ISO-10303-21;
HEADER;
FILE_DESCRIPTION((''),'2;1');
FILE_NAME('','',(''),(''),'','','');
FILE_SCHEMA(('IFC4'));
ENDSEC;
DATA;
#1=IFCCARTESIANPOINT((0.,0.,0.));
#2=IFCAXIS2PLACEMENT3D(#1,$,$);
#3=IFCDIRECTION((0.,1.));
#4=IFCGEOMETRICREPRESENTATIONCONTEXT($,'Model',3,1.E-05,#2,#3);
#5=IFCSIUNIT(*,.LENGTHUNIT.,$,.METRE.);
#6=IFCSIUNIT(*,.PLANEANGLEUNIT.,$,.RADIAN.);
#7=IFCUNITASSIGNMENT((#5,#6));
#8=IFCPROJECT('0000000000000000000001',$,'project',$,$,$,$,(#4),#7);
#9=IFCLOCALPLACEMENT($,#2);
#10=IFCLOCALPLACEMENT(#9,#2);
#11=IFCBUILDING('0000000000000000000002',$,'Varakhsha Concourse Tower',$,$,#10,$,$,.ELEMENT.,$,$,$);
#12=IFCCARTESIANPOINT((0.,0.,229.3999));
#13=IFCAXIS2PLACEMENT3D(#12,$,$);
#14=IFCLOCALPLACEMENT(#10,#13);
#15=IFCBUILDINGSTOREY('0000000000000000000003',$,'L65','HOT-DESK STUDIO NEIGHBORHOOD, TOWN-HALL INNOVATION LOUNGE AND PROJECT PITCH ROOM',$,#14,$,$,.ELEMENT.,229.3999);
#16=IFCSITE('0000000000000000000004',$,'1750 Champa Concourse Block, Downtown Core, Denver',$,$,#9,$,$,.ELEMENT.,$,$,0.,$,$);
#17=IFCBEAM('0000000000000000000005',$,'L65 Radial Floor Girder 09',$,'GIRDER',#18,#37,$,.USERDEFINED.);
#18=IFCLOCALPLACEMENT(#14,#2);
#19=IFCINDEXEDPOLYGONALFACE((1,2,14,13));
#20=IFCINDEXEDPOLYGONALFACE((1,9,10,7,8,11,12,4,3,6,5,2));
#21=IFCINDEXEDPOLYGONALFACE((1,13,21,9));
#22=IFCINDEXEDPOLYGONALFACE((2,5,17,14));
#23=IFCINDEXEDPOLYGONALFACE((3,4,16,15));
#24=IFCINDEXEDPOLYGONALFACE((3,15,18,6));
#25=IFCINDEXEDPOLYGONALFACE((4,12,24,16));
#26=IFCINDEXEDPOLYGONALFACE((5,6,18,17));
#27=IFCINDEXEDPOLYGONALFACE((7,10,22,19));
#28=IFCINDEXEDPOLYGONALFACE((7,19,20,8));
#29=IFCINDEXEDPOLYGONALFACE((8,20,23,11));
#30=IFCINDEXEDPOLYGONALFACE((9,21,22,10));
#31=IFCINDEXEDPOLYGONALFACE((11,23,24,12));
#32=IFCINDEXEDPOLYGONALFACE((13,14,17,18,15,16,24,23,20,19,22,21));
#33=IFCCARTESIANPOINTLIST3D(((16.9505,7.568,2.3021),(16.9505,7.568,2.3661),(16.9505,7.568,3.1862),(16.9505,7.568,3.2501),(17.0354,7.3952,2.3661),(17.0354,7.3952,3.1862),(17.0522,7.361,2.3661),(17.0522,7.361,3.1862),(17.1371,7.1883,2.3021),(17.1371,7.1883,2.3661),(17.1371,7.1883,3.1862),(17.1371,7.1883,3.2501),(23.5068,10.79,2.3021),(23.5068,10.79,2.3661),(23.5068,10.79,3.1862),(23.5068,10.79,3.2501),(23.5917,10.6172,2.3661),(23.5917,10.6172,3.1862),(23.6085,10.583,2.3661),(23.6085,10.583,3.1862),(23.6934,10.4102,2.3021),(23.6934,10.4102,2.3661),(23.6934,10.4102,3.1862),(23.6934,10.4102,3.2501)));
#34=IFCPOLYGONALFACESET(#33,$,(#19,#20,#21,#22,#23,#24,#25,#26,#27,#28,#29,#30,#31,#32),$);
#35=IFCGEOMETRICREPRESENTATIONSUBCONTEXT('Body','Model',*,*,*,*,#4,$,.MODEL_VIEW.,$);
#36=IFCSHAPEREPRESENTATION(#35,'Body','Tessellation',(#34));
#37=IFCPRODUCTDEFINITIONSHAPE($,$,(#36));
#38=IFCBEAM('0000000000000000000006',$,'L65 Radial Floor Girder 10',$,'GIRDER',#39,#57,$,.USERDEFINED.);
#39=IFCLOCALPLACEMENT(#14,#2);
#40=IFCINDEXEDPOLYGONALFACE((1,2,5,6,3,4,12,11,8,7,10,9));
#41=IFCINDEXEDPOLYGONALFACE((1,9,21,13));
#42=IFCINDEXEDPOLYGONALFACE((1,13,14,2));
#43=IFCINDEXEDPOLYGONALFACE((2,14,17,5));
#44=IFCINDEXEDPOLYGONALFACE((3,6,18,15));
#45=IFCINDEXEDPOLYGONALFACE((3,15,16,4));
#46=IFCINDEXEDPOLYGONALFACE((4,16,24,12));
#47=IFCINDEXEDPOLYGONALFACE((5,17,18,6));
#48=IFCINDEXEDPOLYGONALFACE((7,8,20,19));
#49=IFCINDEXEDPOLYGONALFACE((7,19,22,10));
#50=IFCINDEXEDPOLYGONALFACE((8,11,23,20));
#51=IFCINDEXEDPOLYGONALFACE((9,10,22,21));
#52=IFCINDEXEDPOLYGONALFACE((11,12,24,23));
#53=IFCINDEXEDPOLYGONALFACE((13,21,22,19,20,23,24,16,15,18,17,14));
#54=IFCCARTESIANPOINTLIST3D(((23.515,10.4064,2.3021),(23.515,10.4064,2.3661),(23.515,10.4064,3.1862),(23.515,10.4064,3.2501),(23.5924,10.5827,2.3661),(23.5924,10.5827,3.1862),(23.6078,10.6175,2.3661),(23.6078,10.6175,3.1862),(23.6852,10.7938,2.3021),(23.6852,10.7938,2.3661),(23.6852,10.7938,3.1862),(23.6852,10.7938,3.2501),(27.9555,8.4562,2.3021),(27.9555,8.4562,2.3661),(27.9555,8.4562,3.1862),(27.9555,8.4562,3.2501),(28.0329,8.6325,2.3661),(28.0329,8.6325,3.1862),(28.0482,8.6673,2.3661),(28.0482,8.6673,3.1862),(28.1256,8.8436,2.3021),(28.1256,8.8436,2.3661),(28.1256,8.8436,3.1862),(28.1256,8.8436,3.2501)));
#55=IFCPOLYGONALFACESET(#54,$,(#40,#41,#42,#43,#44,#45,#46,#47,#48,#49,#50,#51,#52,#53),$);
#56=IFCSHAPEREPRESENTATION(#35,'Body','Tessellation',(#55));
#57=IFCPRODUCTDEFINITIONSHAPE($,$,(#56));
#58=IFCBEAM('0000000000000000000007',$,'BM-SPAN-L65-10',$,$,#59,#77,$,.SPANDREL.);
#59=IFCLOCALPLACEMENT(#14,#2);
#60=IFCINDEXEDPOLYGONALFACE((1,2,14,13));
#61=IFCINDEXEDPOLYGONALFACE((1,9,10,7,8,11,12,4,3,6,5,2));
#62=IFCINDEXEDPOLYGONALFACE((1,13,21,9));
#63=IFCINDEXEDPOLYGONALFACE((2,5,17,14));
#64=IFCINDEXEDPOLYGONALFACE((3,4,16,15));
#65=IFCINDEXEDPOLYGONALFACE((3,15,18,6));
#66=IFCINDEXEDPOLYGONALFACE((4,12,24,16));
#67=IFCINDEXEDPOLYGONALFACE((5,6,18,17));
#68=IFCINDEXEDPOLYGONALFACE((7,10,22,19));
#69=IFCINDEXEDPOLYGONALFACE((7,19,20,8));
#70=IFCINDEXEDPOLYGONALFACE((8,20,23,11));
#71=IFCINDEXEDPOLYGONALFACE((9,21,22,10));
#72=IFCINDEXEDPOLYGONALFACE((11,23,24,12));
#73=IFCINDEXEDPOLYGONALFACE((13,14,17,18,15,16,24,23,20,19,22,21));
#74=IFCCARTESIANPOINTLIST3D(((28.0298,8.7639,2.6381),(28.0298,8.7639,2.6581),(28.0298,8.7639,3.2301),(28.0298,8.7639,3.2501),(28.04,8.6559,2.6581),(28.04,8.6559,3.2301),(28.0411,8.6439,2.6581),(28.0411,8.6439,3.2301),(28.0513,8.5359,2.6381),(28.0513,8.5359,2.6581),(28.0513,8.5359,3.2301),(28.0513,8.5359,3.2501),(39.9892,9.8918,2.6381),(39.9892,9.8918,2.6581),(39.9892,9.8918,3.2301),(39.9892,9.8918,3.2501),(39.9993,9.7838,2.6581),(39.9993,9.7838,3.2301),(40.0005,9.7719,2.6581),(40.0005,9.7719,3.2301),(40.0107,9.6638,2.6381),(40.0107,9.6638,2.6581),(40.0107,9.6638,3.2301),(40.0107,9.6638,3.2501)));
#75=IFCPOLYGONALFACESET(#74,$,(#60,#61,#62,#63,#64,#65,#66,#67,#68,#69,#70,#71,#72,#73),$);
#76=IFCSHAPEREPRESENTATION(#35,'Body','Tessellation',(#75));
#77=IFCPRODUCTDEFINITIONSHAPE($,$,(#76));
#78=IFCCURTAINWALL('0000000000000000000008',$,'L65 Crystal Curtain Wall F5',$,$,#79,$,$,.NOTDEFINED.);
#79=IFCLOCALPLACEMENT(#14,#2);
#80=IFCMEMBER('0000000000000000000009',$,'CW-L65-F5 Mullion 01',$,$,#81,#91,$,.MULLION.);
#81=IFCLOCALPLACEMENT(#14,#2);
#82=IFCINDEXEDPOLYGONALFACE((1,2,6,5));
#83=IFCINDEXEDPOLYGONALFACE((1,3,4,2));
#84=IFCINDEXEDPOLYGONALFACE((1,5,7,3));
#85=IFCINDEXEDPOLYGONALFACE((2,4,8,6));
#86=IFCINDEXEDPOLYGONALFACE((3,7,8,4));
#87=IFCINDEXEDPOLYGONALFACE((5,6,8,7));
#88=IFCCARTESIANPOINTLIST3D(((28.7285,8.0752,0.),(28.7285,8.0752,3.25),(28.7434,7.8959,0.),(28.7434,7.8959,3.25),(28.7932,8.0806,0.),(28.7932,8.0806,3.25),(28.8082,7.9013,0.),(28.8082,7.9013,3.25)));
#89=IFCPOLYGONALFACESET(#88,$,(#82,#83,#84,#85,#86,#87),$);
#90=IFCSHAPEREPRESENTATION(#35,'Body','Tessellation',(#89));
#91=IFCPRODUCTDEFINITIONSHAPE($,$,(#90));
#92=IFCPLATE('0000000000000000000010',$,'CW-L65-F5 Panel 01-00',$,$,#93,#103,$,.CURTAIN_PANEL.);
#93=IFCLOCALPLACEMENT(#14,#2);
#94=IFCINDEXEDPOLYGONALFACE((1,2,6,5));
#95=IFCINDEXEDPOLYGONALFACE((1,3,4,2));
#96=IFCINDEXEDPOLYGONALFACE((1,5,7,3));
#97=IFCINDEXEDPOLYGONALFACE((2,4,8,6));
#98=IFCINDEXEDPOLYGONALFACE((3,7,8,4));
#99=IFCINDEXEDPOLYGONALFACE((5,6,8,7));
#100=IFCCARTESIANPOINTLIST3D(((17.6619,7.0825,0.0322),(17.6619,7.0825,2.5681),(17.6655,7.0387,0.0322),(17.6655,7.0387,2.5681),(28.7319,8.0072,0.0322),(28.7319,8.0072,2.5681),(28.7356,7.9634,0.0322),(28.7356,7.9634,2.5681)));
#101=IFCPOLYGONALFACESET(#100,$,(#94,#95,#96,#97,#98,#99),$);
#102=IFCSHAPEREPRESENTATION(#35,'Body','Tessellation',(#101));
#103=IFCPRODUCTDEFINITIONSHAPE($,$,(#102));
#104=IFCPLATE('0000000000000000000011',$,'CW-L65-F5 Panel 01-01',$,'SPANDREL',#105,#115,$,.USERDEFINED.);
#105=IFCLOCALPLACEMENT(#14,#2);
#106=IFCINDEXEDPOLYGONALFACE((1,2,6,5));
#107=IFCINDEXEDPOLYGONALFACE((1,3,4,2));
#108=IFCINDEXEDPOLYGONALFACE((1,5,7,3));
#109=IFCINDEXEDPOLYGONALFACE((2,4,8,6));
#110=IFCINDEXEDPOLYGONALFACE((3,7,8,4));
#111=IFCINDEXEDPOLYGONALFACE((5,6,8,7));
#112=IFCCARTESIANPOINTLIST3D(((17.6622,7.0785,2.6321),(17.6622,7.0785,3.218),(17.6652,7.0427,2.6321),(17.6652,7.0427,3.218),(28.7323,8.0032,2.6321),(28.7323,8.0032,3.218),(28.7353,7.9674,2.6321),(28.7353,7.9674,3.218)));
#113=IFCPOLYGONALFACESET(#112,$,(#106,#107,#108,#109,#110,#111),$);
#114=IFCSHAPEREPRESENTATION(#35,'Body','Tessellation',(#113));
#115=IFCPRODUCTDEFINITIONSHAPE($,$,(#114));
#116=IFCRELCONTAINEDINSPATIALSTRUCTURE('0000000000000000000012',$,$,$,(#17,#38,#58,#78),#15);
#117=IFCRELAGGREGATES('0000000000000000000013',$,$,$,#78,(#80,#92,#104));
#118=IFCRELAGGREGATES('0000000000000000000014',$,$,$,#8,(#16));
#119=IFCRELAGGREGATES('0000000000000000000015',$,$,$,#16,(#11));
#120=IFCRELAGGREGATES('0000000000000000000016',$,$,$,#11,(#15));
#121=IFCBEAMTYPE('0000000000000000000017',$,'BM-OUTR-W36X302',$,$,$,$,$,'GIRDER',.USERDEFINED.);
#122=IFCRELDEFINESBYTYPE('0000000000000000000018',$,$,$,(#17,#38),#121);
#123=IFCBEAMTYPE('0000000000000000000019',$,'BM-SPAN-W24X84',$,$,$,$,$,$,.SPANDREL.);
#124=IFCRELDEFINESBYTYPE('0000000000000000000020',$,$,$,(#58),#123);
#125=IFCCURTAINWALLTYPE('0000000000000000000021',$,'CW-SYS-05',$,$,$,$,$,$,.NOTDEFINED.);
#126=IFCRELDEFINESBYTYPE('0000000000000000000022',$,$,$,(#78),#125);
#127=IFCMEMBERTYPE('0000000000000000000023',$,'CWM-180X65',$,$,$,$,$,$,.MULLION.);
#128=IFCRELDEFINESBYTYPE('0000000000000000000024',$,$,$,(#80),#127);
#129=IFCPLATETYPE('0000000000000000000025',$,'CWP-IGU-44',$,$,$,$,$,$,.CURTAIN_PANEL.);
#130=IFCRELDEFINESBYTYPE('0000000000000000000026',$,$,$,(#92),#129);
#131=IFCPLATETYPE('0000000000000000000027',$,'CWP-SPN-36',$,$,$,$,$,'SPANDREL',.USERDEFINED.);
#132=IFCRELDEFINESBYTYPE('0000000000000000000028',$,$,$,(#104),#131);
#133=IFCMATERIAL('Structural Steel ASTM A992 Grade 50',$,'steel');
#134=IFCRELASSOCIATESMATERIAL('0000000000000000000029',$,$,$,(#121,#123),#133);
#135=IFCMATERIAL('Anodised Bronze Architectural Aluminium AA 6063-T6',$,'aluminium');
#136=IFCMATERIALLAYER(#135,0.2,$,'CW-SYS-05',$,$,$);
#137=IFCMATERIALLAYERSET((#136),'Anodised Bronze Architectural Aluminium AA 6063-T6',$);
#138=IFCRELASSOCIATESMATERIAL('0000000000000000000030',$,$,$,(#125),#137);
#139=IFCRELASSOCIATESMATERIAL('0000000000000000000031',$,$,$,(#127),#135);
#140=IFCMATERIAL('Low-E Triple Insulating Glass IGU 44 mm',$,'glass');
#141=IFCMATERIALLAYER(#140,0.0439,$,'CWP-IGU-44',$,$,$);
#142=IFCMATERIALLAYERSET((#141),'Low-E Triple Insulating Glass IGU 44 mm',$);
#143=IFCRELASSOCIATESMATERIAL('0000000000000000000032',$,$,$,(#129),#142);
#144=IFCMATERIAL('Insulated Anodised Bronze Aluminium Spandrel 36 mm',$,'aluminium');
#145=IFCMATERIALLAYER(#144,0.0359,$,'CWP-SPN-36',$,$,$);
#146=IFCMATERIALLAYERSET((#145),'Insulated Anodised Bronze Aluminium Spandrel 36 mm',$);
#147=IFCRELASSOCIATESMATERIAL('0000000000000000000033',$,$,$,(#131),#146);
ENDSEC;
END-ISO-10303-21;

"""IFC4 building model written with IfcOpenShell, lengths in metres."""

from ifc_helpers import new_model, si_unit, direction, frame, origin, origin_2d, place, context, subcontext, project, spatial, rectangle, i_section, extrude, source, transform, mapped, material, layer, layer_set, material_profile, profile_set, type_object, type_shapes, element, aggregate, save


model = new_model("IFC4")

# Units and contexts
model_context = context("Model", 3, precision=1e-05, world=origin(), true_north=direction((0.0, 1.0)))
body_context = subcontext(model_context, "Body", "Model", "MODEL_VIEW")
ifc_project = project(units=[si_unit("LENGTHUNIT", "METRE"), si_unit("PLANEANGLEUNIT", "RADIAN")], contexts=[model_context])

# Site, building, storey
site_placement = place(None, origin())
site = spatial("IfcSite", under=ifc_project, at=site_placement, Name="1750 Champa Concourse Block, Downtown Core, Denver", CompositionType="ELEMENT", RefElevation=0.0)
building_placement = place(site_placement, origin())
building = spatial("IfcBuilding", under=site, at=building_placement, Name="Varakhsha Concourse Tower", CompositionType="ELEMENT")
storey_placement = place(building_placement, frame((0.0, 0.0, 229.3999)))
storey = spatial("IfcBuildingStorey", under=building, at=storey_placement, Name="L65", Description="HOT-DESK STUDIO NEIGHBORHOOD, TOWN-HALL INNOVATION LOUNGE AND PROJECT PITCH ROOM", CompositionType="ELEMENT", Elevation=229.3999)

# Shared definitions
ifc_material_1 = material(Name="Structural Steel ASTM A992 Grade 50", Category="steel")

# Beams
ifc_material_profile_1 = material_profile(ifc_material_1, i_section(OverallWidth=0.4231, OverallDepth=0.948, WebThickness=0.0381, FlangeThickness=0.064, at=origin_2d()), Name="W36X302")
ifc_profile_set_1 = profile_set([ifc_material_profile_1], Name="Structural Steel ASTM A992 Grade 50")
beam_type_1 = type_object("IfcBeamType", Name="BM-OUTR-W36X302", ElementType="GIRDER", PredefinedType="USERDEFINED", material=ifc_profile_set_1)
beam_1_placement = place(storey_placement, frame((23.6001, 10.6001, 2.7761), z_axis=(-0.897481, -0.441054, 0.0), x_axis=(0.441054, -0.897481, 0.0)))
element("IfcBeam", 1, at=beam_1_placement, inside=storey, type_object=beam_type_1, Name="L65 Radial Floor Girder 09", ObjectType="GIRDER", PredefinedType="USERDEFINED", context=body_context, shape_type="SweptSolid", body=[
    extrude(i_section(OverallWidth=0.4231, OverallDepth=0.948, WebThickness=0.0381, FlangeThickness=0.064, at=origin_2d()), origin(), (0.0, 0.0, 1.0), 7.3052),
])
beam_2_placement = place(storey_placement, frame((23.6001, 10.6001, 2.7761), z_axis=(0.915588, -0.402118, 0.0), x_axis=(0.402118, 0.915588, 0.0)))
element("IfcBeam", 2, at=beam_2_placement, inside=storey, type_object=beam_type_1, Name="L65 Radial Floor Girder 10", ObjectType="GIRDER", PredefinedType="USERDEFINED", context=body_context, shape_type="SweptSolid", body=[
    extrude(i_section(OverallWidth=0.4231, OverallDepth=0.948, WebThickness=0.0381, FlangeThickness=0.064, at=origin_2d()), origin(), (0.0, 0.0, 1.0), 4.8499),
])
ifc_material_profile_2 = material_profile(ifc_material_1, i_section(OverallWidth=0.229, OverallDepth=0.6121, WebThickness=0.012, FlangeThickness=0.02, at=origin_2d()), Name="W24X84")
ifc_profile_set_2 = profile_set([ifc_material_profile_2], Name="Structural Steel ASTM A992 Grade 50")
beam_type_2 = type_object("IfcBeamType", Name="BM-SPAN-W24X84", PredefinedType="SPANDREL", material=ifc_profile_set_2)
beam_3_placement = place(storey_placement, frame((28.0405, 8.6499, 2.9441), z_axis=(0.995582, 0.093896, 0.0), x_axis=(-0.093896, 0.995582, 0.0)))
element("IfcBeam", 3, at=beam_3_placement, inside=storey, type_object=beam_type_2, Name="BM-SPAN-L65-10", PredefinedType="SPANDREL", context=body_context, shape_type="SweptSolid", body=[
    extrude(i_section(OverallWidth=0.229, OverallDepth=0.6121, WebThickness=0.012, FlangeThickness=0.02, at=origin_2d()), origin(), (0.0, 0.0, 1.0), 12.0125),
])

# Curtain wall, member, plates
ifc_material_2 = material(Name="Anodised Bronze Architectural Aluminium AA 6063-T6", Category="aluminium")
ifc_layer_1 = layer(ifc_material_2, 0.2, Name="CW-SYS-05")
ifc_layer_set_1 = layer_set([ifc_layer_1], Name="Anodised Bronze Architectural Aluminium AA 6063-T6")
curtain_wall_type = type_object("IfcCurtainWallType", Name="CW-SYS-05", PredefinedType="NOTDEFINED", material=ifc_layer_set_1)
curtain_wall_placement = place(storey_placement, origin())
curtain_wall = element("IfcCurtainWall", 4, at=curtain_wall_placement, inside=storey, type_object=curtain_wall_type, Name="L65 Crystal Curtain Wall F5", PredefinedType="NOTDEFINED")
ifc_material_profile_3 = material_profile(ifc_material_2, rectangle(XDim=0.0649, YDim=0.1799, at=origin_2d()), Name="CWM-180X65")
ifc_profile_set_3 = profile_set([ifc_material_profile_3], Name="Anodised Bronze Architectural Aluminium AA 6063-T6")
member_type = type_object("IfcMemberType", Name="CWM-180X65", PredefinedType="MULLION", material=ifc_profile_set_3)
shared_shape_1 = source(origin(), body_context, "Body", "SweptSolid", [
    extrude(rectangle(XDim=0.0649, YDim=0.1799, at=origin_2d()), origin(), (0.0, 0.0, 1.0), 3.25),
])
type_shapes(member_type, [shared_shape_1])
member_placement = place(storey_placement, frame((28.7683, 7.9883, 0.0), z_axis=(0.0, 0.0, 1.0), x_axis=(-0.996529, -0.083247, 0.0)))
member = element("IfcMember", 5, at=member_placement, type_object=member_type, Name="CW-L65-F5 Mullion 01", PredefinedType="MULLION", context=body_context, shape_type="MappedRepresentation", body=[
    mapped(shared_shape_1, transform((0.0, 0.0, 0.0), scale=1.0)),
])
ifc_material_3 = material(Name="Low-E Triple Insulating Glass IGU 44 mm", Category="glass")
ifc_layer_2 = layer(ifc_material_3, 0.0439, Name="CWP-IGU-44")
ifc_layer_set_2 = layer_set([ifc_layer_2], Name="Low-E Triple Insulating Glass IGU 44 mm")
plate_type_1 = type_object("IfcPlateType", Name="CWP-IGU-44", PredefinedType="CURTAIN_PANEL", material=ifc_layer_set_2)
shared_shape_2 = source(origin(), body_context, "Body", "SweptSolid", [
    extrude(rectangle(XDim=11.1086, YDim=0.0439, at=origin_2d()), origin(), (0.0, 0.0, 1.0), 2.5359),
])
type_shapes(plate_type_1, [shared_shape_2])
plate_1_placement = place(storey_placement, frame((23.1987, 7.5229, 0.0322), z_axis=(0.0, 0.0, 1.0), x_axis=(-0.996529, -0.083247, 0.0)))
plate_1 = element("IfcPlate", 6, at=plate_1_placement, type_object=plate_type_1, Name="CW-L65-F5 Panel 01-00", PredefinedType="CURTAIN_PANEL", context=body_context, shape_type="MappedRepresentation", body=[
    mapped(shared_shape_2, transform((0.0, 0.0, 0.0), scale=1.0)),
])
ifc_material_4 = material(Name="Insulated Anodised Bronze Aluminium Spandrel 36 mm", Category="aluminium")
ifc_layer_3 = layer(ifc_material_4, 0.0359, Name="CWP-SPN-36")
ifc_layer_set_3 = layer_set([ifc_layer_3], Name="Insulated Anodised Bronze Aluminium Spandrel 36 mm")
plate_type_2 = type_object("IfcPlateType", Name="CWP-SPN-36", ElementType="SPANDREL", PredefinedType="USERDEFINED", material=ifc_layer_set_3)
shared_shape_3 = source(origin(), body_context, "Body", "SweptSolid", [
    extrude(rectangle(XDim=11.1086, YDim=0.0359, at=origin_2d()), origin(), (0.0, 0.0, 1.0), 0.5859),
])
type_shapes(plate_type_2, [shared_shape_3])
plate_2_placement = place(storey_placement, frame((23.1987, 7.5229, 2.6321), z_axis=(0.0, 0.0, 1.0), x_axis=(-0.996529, -0.083247, 0.0)))
plate_2 = element("IfcPlate", 7, at=plate_2_placement, type_object=plate_type_2, Name="CW-L65-F5 Panel 01-01", ObjectType="SPANDREL", PredefinedType="USERDEFINED", context=body_context, shape_type="MappedRepresentation", body=[
    mapped(shared_shape_3, transform((0.0, 0.0, 0.0), scale=1.0)),
])
aggregate(curtain_wall, [member, plate_1, plate_2])

save(model, "model.ifc")
